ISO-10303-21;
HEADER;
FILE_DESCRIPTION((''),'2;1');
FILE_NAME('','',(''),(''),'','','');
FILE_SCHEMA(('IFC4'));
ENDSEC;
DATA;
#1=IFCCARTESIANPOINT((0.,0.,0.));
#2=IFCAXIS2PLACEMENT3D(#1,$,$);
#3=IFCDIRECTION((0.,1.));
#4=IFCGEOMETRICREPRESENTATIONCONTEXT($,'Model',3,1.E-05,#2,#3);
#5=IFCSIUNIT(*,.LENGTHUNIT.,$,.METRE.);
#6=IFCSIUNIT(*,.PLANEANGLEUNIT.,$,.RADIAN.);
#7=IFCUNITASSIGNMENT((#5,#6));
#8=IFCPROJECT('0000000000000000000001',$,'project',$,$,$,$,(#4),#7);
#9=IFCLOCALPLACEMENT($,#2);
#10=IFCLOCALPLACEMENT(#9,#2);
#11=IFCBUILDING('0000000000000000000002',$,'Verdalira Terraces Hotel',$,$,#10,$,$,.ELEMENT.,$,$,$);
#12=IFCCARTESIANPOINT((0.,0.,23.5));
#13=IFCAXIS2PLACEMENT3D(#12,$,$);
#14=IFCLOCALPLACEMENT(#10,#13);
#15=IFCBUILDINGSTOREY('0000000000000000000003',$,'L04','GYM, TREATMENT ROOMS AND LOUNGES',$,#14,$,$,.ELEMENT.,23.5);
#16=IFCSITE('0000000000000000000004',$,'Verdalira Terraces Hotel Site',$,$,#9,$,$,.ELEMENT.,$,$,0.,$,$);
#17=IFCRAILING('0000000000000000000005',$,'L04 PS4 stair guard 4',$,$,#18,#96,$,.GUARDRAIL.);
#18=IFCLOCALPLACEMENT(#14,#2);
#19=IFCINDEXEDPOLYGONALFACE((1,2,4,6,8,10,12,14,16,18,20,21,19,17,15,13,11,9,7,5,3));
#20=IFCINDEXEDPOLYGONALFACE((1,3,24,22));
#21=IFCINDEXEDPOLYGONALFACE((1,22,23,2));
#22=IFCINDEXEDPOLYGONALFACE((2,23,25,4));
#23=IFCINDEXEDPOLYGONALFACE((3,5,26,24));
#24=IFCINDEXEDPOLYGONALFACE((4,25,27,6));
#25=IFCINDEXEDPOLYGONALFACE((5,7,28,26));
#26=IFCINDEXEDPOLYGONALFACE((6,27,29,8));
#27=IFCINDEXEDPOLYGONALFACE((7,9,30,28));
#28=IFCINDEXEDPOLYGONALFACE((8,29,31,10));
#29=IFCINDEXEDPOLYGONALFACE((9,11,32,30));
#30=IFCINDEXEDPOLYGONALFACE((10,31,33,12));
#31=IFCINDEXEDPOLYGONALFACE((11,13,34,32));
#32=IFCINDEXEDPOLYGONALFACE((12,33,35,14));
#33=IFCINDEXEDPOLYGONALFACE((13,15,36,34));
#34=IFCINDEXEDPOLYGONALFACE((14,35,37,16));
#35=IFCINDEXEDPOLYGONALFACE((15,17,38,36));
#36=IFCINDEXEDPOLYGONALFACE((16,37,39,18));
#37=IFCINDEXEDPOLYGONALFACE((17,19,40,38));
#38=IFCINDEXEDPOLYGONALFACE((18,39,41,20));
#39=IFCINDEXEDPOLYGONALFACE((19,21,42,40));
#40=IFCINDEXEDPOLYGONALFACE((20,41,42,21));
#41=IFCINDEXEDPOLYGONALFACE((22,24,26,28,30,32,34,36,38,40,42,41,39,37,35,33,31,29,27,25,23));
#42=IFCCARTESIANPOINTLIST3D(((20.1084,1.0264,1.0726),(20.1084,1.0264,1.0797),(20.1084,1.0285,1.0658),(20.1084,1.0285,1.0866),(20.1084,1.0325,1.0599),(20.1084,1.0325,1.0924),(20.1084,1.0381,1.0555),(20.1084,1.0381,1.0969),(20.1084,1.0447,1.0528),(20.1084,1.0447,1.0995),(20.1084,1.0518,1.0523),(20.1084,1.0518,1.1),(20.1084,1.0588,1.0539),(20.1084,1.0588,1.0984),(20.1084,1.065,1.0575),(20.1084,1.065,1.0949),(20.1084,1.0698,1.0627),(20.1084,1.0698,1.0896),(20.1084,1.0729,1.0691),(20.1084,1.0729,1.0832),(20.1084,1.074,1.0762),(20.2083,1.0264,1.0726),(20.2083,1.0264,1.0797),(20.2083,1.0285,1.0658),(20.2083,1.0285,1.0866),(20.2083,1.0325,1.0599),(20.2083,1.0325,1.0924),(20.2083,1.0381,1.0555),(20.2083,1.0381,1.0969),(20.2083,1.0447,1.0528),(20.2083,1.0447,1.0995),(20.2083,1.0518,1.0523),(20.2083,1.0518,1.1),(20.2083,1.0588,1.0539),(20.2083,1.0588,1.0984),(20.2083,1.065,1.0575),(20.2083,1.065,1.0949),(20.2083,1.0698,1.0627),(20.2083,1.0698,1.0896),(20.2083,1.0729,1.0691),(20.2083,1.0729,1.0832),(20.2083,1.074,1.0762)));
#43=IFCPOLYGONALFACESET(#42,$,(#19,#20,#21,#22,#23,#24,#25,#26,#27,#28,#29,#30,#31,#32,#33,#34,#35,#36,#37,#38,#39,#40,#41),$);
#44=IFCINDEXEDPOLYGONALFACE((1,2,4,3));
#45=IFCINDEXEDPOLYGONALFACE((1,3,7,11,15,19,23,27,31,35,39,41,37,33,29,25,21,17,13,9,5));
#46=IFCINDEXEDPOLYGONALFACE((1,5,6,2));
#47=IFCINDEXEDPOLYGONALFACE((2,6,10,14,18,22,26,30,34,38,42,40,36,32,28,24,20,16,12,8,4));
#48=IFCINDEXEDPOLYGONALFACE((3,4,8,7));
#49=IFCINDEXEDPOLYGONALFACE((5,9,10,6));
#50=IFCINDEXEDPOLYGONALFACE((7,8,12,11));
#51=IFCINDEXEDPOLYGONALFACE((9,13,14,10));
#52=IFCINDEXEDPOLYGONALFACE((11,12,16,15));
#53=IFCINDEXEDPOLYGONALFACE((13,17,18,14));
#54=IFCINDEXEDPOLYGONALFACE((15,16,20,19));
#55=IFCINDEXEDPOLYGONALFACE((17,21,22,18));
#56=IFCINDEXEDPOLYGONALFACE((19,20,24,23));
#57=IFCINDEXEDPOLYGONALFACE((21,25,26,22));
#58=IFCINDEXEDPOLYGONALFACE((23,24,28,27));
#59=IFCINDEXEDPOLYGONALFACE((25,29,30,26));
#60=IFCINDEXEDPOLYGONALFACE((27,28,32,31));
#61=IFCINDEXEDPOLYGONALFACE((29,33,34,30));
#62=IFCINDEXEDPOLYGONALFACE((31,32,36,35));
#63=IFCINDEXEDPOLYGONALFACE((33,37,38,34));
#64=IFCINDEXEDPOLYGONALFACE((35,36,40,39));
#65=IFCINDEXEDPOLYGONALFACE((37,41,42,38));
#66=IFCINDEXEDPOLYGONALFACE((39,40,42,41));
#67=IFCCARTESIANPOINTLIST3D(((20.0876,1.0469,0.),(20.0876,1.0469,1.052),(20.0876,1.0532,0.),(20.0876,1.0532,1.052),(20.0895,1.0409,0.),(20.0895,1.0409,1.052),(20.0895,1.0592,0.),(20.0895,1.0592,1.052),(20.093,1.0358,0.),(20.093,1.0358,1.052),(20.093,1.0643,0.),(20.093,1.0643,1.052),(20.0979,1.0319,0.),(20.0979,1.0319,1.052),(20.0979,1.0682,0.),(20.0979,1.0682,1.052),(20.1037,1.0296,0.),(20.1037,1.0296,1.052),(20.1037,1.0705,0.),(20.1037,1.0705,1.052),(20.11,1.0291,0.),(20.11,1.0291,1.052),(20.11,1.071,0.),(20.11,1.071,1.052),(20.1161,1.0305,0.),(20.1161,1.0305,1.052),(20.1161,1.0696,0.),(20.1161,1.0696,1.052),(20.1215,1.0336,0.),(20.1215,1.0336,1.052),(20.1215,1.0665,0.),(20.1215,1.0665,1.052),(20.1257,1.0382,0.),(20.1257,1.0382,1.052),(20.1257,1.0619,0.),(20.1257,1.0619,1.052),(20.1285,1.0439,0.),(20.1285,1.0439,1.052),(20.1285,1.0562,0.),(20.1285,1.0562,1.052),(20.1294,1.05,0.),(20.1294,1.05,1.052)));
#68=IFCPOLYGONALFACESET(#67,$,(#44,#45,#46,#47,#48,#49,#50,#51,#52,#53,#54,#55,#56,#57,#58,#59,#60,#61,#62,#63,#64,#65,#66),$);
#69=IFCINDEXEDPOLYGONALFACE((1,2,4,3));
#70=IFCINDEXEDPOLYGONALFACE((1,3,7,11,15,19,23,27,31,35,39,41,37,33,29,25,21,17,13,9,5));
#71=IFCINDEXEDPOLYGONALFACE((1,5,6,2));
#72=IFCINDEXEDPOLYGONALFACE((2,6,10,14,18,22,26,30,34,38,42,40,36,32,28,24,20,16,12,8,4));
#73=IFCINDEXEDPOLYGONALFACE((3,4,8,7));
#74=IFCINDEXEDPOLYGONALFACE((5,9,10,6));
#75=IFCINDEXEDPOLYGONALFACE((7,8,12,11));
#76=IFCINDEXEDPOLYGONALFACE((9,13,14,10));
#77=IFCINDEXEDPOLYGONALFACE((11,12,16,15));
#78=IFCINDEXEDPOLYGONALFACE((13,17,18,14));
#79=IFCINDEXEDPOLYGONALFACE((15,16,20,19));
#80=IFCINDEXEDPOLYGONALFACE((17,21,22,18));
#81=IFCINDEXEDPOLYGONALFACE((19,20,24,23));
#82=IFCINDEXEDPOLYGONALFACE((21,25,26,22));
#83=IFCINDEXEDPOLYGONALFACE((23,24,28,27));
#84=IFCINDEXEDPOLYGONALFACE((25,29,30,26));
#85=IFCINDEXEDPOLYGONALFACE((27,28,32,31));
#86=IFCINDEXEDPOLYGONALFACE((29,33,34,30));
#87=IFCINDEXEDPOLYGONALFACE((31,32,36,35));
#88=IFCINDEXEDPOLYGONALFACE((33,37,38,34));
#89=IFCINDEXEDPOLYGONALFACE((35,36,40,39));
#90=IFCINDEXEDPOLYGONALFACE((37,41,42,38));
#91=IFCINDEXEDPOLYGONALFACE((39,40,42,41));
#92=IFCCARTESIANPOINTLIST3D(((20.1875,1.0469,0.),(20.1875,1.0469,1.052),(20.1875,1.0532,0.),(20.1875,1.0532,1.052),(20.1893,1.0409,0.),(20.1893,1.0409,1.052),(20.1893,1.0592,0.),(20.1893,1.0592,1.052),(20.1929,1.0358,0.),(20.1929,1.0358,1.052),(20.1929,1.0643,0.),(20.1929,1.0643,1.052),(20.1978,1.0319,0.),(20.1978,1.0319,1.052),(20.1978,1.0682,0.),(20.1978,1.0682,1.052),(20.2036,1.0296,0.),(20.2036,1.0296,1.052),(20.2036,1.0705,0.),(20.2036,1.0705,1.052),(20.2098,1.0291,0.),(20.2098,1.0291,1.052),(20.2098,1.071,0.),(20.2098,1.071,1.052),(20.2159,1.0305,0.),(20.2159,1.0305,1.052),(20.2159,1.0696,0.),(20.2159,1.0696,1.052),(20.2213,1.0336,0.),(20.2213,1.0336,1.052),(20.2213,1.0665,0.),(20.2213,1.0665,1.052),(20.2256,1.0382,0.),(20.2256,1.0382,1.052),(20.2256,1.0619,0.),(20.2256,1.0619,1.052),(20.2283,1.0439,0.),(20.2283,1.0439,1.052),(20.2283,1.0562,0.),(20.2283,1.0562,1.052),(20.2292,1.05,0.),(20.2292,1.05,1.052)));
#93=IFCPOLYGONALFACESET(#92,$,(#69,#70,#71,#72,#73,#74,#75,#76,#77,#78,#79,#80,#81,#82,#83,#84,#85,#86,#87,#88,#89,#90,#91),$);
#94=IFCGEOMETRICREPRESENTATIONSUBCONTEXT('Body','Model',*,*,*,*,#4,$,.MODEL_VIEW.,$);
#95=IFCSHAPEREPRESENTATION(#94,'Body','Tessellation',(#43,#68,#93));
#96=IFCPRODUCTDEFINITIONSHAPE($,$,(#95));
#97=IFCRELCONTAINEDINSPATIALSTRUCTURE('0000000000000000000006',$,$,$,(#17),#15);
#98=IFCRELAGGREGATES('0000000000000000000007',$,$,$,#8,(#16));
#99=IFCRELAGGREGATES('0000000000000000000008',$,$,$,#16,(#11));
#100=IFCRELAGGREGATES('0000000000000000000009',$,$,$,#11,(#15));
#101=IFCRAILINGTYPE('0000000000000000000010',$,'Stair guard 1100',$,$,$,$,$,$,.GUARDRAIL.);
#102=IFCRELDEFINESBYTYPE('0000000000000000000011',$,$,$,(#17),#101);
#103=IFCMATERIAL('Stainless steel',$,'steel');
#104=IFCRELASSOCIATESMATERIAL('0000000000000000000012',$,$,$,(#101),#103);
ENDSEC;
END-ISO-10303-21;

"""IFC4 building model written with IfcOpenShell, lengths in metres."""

from ifc_helpers import new_model, si_unit, direction, frame, origin, origin_2d, place, context, subcontext, project, spatial, circle, extrude, material, type_object, element, save


model = new_model("IFC4")

# Units and contexts
model_context = context("Model", 3, precision=1e-05, world=origin(), true_north=direction((0.0, 1.0)))
body_context = subcontext(model_context, "Body", "Model", "MODEL_VIEW")
ifc_project = project(units=[si_unit("LENGTHUNIT", "METRE"), si_unit("PLANEANGLEUNIT", "RADIAN")], contexts=[model_context])

# Site, building, storey
site_placement = place(None, origin())
site = spatial("IfcSite", under=ifc_project, at=site_placement, Name="Verdalira Terraces Hotel Site", CompositionType="ELEMENT", RefElevation=0.0)
building_placement = place(site_placement, origin())
building = spatial("IfcBuilding", under=site, at=building_placement, Name="Verdalira Terraces Hotel", CompositionType="ELEMENT")
storey_placement = place(building_placement, frame((0.0, 0.0, 23.5)))
storey = spatial("IfcBuildingStorey", under=building, at=storey_placement, Name="L04", Description="GYM, TREATMENT ROOMS AND LOUNGES", CompositionType="ELEMENT", Elevation=23.5)

# Railing
ifc_material_1 = material(Name="Stainless steel", Category="steel")
railing_type_1 = type_object("IfcRailingType", Name="Stair guard 1100", PredefinedType="GUARDRAIL", material=ifc_material_1)
railing_1_placement = place(storey_placement, frame((20.1084, 1.05, 0.0)))
element("IfcRailing", 1, at=railing_1_placement, inside=storey, type_object=railing_type_1, Name="L04 PS4 stair guard 4", PredefinedType="GUARDRAIL", context=body_context, shape_type="SweptSolid", body=[
    extrude(circle(Radius=0.0239, at=origin_2d()), frame((0.0, 0.0, 1.0762), z_axis=(1.0, 0.0, 0.0), x_axis=(0.0, 1.0, 0.0)), (0.0, 0.0, 1.0), 0.0999),
    extrude(circle(Radius=0.021, at=origin_2d()), origin(), (0.0, 0.0, 1.0), 1.052),
    extrude(circle(Radius=0.021, at=origin_2d()), frame((0.0999, 0.0, 0.0)), (0.0, 0.0, 1.0), 1.052),
])

save(model, "model.ifc")
